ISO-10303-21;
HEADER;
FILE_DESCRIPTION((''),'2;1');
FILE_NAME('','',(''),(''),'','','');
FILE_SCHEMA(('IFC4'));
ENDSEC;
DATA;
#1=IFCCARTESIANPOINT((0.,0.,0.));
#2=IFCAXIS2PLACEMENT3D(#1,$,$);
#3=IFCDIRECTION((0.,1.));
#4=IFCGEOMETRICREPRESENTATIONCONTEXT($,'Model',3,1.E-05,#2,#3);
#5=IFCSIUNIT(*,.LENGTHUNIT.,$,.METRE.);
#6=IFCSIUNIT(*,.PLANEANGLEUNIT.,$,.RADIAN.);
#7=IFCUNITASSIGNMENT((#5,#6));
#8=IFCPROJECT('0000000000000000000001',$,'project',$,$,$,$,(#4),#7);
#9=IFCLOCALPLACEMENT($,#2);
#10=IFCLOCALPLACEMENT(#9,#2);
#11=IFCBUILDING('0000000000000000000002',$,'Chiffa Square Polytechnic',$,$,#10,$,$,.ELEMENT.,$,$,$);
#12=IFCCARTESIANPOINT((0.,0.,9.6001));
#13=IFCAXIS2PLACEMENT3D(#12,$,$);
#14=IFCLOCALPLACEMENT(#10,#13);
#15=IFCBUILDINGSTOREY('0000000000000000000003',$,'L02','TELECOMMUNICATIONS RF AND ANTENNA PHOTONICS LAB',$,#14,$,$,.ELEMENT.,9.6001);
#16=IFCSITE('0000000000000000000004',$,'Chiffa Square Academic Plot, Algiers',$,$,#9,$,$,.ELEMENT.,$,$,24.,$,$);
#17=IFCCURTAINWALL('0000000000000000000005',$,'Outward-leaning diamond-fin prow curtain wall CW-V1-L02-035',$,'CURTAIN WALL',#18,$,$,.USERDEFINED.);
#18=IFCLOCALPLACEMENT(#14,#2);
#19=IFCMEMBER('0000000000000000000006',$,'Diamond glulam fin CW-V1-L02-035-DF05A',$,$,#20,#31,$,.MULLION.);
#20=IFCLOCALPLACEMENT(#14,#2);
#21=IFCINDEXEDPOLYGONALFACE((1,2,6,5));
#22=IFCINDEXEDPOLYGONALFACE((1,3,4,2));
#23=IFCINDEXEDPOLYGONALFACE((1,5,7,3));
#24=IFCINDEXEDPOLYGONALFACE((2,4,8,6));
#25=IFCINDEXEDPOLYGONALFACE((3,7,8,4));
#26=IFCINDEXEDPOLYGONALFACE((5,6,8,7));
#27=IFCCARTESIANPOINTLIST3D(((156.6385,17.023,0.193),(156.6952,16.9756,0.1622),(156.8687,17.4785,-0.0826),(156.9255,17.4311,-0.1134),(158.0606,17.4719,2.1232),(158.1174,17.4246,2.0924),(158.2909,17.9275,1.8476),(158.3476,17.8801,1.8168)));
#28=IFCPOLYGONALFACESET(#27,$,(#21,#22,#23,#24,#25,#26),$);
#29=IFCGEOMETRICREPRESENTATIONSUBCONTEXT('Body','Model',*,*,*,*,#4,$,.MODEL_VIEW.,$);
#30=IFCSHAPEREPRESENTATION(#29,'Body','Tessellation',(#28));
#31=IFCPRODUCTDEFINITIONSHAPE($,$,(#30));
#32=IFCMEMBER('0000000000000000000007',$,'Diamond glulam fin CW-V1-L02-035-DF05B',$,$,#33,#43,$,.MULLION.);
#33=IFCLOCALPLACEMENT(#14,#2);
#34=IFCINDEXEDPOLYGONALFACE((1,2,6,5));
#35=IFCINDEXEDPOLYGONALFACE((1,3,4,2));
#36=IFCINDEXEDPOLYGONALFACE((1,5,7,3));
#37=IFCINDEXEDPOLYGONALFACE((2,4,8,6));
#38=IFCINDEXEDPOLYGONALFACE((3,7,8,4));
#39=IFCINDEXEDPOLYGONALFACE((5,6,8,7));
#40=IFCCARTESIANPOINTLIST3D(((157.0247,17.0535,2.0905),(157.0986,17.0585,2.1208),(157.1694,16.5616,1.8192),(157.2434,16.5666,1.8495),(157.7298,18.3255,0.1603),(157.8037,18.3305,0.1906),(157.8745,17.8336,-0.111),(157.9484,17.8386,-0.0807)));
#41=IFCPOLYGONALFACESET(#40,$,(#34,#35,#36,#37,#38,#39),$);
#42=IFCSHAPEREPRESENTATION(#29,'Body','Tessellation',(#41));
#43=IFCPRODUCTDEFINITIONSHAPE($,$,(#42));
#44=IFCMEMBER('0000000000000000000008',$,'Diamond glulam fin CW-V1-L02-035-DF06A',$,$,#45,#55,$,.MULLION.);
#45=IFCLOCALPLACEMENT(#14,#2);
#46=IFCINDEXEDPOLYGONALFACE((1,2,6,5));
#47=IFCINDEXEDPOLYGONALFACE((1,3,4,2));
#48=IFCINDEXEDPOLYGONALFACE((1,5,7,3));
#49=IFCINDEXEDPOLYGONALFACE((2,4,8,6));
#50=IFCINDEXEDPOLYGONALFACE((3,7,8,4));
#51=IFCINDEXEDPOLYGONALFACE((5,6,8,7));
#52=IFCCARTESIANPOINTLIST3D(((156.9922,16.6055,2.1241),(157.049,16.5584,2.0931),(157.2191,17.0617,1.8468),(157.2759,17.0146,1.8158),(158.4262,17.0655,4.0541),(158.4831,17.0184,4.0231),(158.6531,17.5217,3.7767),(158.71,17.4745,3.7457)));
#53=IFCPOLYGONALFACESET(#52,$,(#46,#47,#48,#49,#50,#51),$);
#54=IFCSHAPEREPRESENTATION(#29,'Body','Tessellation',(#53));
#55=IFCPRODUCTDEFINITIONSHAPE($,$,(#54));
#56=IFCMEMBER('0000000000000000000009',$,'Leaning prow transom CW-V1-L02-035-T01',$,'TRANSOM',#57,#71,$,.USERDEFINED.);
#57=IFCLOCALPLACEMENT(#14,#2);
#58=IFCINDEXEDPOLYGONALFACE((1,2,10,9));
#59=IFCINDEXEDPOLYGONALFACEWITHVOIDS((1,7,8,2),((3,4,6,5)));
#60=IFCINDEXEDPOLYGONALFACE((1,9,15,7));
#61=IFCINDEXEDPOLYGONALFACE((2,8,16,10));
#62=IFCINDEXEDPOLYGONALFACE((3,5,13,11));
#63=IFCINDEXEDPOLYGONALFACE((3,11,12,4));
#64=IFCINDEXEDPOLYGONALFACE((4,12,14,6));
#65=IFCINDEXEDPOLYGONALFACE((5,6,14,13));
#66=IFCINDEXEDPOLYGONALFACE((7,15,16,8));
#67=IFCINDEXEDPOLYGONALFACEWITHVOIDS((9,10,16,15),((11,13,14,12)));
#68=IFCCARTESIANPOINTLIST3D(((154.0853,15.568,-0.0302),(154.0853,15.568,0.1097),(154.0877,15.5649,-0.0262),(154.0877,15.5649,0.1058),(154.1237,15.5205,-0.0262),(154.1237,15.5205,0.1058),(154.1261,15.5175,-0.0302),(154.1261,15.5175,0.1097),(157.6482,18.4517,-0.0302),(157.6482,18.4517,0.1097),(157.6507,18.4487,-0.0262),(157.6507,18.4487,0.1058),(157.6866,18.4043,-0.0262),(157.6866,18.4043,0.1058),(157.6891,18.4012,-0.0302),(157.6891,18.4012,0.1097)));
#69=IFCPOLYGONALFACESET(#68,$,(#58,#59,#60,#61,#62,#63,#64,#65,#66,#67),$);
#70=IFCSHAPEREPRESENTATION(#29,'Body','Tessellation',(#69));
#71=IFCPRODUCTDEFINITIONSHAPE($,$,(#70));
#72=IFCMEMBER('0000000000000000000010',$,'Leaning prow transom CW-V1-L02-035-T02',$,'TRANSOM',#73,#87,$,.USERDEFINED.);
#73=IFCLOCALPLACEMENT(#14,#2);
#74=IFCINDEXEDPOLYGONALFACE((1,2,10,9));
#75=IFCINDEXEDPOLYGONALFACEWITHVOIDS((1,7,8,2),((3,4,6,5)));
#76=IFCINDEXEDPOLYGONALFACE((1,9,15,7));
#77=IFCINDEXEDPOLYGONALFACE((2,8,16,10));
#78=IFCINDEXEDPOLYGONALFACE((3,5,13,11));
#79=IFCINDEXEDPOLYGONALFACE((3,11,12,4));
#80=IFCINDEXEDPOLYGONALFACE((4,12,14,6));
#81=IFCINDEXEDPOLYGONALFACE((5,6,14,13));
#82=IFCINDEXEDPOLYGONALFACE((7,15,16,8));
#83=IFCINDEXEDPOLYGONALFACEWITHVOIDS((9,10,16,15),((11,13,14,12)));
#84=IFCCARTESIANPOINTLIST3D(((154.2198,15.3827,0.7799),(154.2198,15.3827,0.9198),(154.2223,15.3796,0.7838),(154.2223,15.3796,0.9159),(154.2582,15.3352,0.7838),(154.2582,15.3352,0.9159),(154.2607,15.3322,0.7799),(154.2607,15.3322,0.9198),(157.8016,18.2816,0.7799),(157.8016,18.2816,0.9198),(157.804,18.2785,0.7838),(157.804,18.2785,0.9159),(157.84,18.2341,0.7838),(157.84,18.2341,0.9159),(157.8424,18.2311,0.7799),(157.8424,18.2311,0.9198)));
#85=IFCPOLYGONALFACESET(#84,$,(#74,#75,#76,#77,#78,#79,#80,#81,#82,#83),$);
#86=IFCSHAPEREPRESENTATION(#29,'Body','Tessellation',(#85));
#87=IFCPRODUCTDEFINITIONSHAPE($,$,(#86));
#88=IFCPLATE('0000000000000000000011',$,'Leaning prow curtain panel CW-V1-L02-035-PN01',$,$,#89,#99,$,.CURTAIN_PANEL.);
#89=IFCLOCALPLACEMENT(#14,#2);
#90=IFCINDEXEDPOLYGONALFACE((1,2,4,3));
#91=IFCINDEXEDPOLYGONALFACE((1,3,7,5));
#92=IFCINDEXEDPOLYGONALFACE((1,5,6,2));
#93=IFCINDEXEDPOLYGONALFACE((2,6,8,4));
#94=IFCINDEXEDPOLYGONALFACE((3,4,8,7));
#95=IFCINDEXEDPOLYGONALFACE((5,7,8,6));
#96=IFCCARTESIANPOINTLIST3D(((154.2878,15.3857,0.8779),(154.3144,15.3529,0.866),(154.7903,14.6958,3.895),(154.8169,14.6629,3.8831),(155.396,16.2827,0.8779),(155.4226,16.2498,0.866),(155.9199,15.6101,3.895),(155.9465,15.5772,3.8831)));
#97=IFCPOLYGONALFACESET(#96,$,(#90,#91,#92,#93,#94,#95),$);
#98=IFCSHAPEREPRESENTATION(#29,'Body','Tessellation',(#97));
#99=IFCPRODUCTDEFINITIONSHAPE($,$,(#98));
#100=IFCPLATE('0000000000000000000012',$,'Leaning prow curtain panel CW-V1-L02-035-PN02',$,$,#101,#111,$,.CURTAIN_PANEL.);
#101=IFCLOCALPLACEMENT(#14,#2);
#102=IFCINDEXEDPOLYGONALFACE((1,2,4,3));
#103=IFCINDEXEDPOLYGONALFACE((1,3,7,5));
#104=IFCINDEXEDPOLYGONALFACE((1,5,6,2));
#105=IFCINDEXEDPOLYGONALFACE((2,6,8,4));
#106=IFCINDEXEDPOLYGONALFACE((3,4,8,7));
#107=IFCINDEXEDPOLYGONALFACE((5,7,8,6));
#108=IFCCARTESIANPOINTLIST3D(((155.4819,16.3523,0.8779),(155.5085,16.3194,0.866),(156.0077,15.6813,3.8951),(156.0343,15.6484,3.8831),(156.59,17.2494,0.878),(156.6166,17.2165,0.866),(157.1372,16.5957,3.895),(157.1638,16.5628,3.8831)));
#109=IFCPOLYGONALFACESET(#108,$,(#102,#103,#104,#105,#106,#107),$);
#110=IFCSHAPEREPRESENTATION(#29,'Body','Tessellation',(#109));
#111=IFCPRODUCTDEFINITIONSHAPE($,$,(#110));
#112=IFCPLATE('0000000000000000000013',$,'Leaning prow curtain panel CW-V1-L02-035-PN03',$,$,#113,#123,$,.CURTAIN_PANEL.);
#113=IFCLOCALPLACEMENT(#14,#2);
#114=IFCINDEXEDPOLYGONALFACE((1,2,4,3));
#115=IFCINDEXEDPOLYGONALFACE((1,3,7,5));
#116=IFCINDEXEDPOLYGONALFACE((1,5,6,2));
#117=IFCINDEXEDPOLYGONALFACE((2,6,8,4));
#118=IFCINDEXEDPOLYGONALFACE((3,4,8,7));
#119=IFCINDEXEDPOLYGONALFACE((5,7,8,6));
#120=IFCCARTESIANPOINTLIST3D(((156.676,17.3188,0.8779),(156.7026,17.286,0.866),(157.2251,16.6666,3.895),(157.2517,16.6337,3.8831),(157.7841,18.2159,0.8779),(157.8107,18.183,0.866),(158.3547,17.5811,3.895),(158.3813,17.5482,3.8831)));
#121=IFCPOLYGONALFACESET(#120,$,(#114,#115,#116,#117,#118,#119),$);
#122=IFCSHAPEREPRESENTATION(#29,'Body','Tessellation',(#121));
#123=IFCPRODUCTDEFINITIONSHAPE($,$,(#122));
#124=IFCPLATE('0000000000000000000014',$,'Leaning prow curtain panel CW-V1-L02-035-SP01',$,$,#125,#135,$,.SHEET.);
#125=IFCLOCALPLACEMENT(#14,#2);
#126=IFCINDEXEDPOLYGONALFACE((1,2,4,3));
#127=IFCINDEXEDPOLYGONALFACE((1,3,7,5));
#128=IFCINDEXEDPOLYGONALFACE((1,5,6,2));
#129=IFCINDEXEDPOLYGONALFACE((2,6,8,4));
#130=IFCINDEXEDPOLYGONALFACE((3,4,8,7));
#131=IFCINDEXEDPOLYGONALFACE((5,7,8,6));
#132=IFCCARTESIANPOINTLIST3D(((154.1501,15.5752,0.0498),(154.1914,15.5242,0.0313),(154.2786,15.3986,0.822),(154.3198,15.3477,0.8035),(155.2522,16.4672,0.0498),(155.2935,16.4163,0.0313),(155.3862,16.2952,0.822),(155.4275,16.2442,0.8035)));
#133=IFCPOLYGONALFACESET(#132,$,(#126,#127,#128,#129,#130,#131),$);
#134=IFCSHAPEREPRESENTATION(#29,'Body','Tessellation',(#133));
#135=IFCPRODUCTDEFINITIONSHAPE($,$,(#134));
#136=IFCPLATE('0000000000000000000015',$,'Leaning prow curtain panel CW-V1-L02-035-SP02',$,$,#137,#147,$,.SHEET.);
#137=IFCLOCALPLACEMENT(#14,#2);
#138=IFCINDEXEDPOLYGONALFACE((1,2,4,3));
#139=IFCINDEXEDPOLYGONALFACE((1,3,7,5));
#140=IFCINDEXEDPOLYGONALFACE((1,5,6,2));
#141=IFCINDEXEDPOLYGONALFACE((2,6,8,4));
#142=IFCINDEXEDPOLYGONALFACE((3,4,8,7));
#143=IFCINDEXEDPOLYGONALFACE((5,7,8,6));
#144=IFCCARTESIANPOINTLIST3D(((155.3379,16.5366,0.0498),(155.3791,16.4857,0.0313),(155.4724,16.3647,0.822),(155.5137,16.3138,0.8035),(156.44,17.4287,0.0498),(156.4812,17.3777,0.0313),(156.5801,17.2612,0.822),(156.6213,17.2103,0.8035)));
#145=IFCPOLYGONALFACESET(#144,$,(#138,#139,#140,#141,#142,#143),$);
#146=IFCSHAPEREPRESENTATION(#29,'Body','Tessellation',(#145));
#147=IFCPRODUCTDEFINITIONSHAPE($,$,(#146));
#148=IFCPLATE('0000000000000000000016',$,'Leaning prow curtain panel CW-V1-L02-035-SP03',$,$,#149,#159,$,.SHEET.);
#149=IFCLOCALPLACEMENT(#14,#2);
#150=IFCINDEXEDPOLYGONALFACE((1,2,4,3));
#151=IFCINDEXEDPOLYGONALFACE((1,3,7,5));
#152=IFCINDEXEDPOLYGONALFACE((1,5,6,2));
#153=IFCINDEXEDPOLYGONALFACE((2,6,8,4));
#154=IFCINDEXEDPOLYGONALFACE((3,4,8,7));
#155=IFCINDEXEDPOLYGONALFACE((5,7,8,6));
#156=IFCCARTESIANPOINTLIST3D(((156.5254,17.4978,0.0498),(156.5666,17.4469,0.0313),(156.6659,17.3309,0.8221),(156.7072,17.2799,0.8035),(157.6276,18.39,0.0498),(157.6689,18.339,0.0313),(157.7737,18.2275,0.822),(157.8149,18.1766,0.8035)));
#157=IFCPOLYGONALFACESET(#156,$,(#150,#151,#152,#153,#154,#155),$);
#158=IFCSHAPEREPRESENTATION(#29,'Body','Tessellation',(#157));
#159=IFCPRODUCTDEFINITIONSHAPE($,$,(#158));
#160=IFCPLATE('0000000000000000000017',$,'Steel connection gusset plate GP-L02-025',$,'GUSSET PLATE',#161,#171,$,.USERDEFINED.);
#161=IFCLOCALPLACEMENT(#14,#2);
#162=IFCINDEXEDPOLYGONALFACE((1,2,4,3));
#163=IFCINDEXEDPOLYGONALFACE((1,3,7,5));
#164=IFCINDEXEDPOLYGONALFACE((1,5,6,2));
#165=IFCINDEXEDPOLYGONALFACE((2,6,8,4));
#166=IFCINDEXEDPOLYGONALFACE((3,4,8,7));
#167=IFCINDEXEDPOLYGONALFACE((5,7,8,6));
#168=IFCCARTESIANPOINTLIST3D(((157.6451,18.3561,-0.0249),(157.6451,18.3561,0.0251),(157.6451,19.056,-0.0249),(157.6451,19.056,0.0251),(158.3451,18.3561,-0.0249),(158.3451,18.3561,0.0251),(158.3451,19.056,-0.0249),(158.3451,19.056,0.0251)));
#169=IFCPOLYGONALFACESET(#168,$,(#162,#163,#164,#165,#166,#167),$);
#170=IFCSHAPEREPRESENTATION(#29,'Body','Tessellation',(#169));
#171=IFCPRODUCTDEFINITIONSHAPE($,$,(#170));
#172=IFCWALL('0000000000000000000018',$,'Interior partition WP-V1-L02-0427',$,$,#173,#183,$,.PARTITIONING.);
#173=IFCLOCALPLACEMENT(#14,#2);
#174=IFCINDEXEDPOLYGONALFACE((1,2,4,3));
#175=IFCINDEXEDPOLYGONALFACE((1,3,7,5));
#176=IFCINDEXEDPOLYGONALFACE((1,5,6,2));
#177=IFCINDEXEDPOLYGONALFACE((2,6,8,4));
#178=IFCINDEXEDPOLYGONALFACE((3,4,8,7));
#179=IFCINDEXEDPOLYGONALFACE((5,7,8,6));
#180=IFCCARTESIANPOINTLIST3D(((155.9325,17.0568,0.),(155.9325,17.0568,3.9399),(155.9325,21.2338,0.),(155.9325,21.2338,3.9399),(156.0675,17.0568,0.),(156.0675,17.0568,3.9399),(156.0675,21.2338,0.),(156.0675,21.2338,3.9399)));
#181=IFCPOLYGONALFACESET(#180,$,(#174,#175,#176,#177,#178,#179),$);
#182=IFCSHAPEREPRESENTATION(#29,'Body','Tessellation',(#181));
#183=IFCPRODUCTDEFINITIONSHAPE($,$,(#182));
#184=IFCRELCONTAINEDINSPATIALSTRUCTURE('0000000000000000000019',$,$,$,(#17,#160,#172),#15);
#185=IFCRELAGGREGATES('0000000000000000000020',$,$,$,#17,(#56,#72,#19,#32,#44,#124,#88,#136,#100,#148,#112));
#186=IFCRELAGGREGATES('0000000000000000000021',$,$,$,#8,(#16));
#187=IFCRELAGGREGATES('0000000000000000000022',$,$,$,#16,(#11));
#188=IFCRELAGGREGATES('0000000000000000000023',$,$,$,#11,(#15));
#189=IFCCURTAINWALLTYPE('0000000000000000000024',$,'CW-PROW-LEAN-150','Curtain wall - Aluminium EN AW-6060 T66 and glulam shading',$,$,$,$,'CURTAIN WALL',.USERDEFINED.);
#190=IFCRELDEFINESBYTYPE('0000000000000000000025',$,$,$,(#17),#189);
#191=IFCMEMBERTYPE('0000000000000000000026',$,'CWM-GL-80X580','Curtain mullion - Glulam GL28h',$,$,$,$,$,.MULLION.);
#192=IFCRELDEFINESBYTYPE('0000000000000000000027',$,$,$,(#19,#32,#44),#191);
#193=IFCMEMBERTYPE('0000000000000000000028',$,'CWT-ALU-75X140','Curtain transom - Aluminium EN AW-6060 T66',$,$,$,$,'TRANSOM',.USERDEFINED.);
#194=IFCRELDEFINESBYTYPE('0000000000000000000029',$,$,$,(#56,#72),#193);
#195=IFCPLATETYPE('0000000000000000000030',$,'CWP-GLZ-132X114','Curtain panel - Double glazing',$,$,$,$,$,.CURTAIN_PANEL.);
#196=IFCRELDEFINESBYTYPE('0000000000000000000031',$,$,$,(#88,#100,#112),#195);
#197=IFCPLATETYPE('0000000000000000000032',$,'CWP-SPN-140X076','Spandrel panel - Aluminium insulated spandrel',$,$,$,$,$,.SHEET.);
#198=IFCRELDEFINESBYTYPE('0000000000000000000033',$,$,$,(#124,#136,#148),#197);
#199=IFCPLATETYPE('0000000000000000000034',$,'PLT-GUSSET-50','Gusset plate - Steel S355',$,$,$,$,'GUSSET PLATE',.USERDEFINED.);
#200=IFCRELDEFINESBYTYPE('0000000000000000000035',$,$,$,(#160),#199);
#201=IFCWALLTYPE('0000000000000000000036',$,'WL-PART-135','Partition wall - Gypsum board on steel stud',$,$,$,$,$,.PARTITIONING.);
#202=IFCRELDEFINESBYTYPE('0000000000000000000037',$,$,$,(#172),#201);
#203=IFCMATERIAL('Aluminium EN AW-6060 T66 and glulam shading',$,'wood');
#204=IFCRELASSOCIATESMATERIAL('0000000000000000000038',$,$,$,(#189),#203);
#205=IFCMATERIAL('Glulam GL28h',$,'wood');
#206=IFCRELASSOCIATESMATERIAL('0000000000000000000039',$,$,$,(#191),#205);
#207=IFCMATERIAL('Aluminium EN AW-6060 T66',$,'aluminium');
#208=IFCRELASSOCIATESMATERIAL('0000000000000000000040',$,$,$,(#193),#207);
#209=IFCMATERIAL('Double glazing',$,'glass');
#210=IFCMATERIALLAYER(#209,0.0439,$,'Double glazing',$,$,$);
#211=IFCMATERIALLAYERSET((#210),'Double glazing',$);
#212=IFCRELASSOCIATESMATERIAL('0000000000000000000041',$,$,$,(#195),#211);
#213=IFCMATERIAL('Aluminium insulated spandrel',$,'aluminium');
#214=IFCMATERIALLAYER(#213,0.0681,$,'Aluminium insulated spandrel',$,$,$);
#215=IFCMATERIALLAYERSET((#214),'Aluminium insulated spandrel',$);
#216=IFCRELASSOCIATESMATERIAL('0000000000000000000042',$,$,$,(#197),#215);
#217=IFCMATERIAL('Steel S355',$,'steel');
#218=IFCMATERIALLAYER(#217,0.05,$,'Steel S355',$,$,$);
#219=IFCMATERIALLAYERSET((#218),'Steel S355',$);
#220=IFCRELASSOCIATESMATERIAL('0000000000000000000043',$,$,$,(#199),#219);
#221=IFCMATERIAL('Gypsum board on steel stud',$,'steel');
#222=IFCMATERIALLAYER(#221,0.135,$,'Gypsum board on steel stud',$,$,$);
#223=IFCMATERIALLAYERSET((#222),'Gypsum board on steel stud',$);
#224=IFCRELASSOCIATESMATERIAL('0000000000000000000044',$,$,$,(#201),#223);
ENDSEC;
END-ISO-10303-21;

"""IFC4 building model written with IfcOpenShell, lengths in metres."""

from ifc_helpers import new_model, si_unit, direction, frame, frame_2d, origin, origin_2d, place, context, subcontext, project, spatial, polyline, rectangle, hollow_rectangle, outline, extrude, material, layer, layer_set, material_profile, profile_set, type_object, element, aggregate, save


model = new_model("IFC4")

# Units and contexts
model_context = context("Model", 3, precision=1e-05, world=origin(), true_north=direction((0.0, 1.0)))
body_context = subcontext(model_context, "Body", "Model", "MODEL_VIEW")
ifc_project = project(units=[si_unit("LENGTHUNIT", "METRE"), si_unit("PLANEANGLEUNIT", "RADIAN")], contexts=[model_context])

# Site, building, storey
site_placement = place(None, origin())
site = spatial("IfcSite", under=ifc_project, at=site_placement, Name="Chiffa Square Academic Plot, Algiers", CompositionType="ELEMENT", RefElevation=24.0)
building_placement = place(site_placement, origin())
building = spatial("IfcBuilding", under=site, at=building_placement, Name="Chiffa Square Polytechnic", CompositionType="ELEMENT")
storey_placement = place(building_placement, frame((0.0, 0.0, 9.6001)))
storey = spatial("IfcBuildingStorey", under=building, at=storey_placement, Name="L02", Description="TELECOMMUNICATIONS RF AND ANTENNA PHOTONICS LAB", CompositionType="ELEMENT", Elevation=9.6001)

# Curtain wall, members, plates
ifc_material_1 = material(Name="Aluminium EN AW-6060 T66 and glulam shading", Category="wood")
curtain_wall_type = type_object("IfcCurtainWallType", Name="CW-PROW-LEAN-150", Description="Curtain wall - Aluminium EN AW-6060 T66 and glulam shading", ElementType="CURTAIN WALL", PredefinedType="USERDEFINED", material=ifc_material_1)
curtain_wall_placement = place(storey_placement, origin())
curtain_wall = element("IfcCurtainWall", 1, at=curtain_wall_placement, inside=storey, type_object=curtain_wall_type, Name="Outward-leaning diamond-fin prow curtain wall CW-V1-L02-035", ObjectType="CURTAIN WALL", PredefinedType="USERDEFINED")
ifc_material_2 = material(Name="Aluminium EN AW-6060 T66", Category="aluminium")
ifc_material_3 = material(Name="Glulam GL28h", Category="wood")
ifc_material_profile_1 = material_profile(ifc_material_3, rectangle(XDim=0.0801, YDim=0.5801, at=origin_2d()), Name="GL28h 80x580")
ifc_profile_set_1 = profile_set([ifc_material_profile_1], Name="Glulam GL28h")
member_type_1 = type_object("IfcMemberType", Name="CWM-GL-80X580", Description="Curtain mullion - Glulam GL28h", PredefinedType="MULLION", material=ifc_profile_set_1)
member_1_placement = place(storey_placement, frame((156.782, 17.2271, 0.0398), z_axis=(0.583033, 0.184068, 0.791323), x_axis=(-0.708859, 0.591163, 0.384766)))
member_1 = element("IfcMember", 2, at=member_1_placement, type_object=member_type_1, Name="Diamond glulam fin CW-V1-L02-035-DF05A", PredefinedType="MULLION", context=body_context, shape_type="SweptSolid", body=[
    extrude(rectangle(XDim=0.0801, YDim=0.5801, at=origin_2d()), origin(), (0.0, 0.0, 1.0), 2.4392),
])
member_2_placement = place(storey_placement, frame((157.8391, 18.082, 0.0398), z_axis=(-0.291748, -0.526318, 0.798669), x_axis=(0.923382, 0.062826, 0.378706)))
member_2 = element("IfcMember", 3, at=member_2_placement, type_object=member_type_1, Name="Diamond glulam fin CW-V1-L02-035-DF05B", PredefinedType="MULLION", context=body_context, shape_type="SweptSolid", body=[
    extrude(rectangle(XDim=0.0801, YDim=0.5801, at=origin_2d()), origin(), (0.0, 0.0, 1.0), 2.4167),
])
member_3_placement = place(storey_placement, frame((157.134, 16.8101, 1.97), z_axis=(0.585814, 0.187891, 0.788365), x_axis=(-0.709778, 0.58849, 0.387163)))
member_3 = element("IfcMember", 4, at=member_3_placement, type_object=member_type_1, Name="Diamond glulam fin CW-V1-L02-035-DF06A", PredefinedType="MULLION", context=body_context, shape_type="SweptSolid", body=[
    extrude(rectangle(XDim=0.0801, YDim=0.5801, at=origin_2d()), origin(), (0.0, 0.0, 1.0), 2.448),
])
ifc_material_profile_2 = material_profile(ifc_material_2, hollow_rectangle(XDim=0.0649, YDim=0.1399, WallThickness=0.0039, at=origin_2d()), Name="ALU 65x140x4")
ifc_profile_set_2 = profile_set([ifc_material_profile_2], Name="Aluminium EN AW-6060 T66")
member_type_2 = type_object("IfcMemberType", Name="CWT-ALU-75X140", Description="Curtain transom - Aluminium EN AW-6060 T66", ElementType="TRANSOM", PredefinedType="USERDEFINED", material=ifc_profile_set_2)
member_4_placement = place(storey_placement, frame((154.1057, 15.5427, 0.0398), z_axis=(0.777302, 0.629128, 0.0), x_axis=(-0.629128, 0.777302, 0.0)))
member_4 = element("IfcMember", 5, at=member_4_placement, type_object=member_type_2, Name="Leaning prow transom CW-V1-L02-035-T01", ObjectType="TRANSOM", PredefinedType="USERDEFINED", context=body_context, shape_type="SweptSolid", body=[
    extrude(hollow_rectangle(XDim=0.0649, YDim=0.1399, WallThickness=0.0039, at=origin_2d()), origin(), (0.0, 0.0, 1.0), 4.5837),
])
member_5_placement = place(storey_placement, frame((154.2402, 15.3574, 0.8499), z_axis=(0.77731, 0.629117, 0.0), x_axis=(-0.629117, 0.77731, 0.0)))
member_5 = element("IfcMember", 6, at=member_5_placement, type_object=member_type_2, Name="Leaning prow transom CW-V1-L02-035-T02", ObjectType="TRANSOM", PredefinedType="USERDEFINED", context=body_context, shape_type="SweptSolid", body=[
    extrude(hollow_rectangle(XDim=0.0649, YDim=0.1399, WallThickness=0.0039, at=origin_2d()), origin(), (0.0, 0.0, 1.0), 4.6079),
])
ifc_material_4 = material(Name="Double glazing", Category="glass")
ifc_layer_1 = layer(ifc_material_4, 0.0439, Name="Double glazing")
ifc_layer_set_1 = layer_set([ifc_layer_1], Name="Double glazing")
plate_type_1 = type_object("IfcPlateType", Name="CWP-GLZ-132X114", Description="Curtain panel - Double glazing", PredefinedType="CURTAIN_PANEL", material=ifc_layer_set_1)
plate_1_placement = place(storey_placement, frame((154.2878, 15.3857, 0.8779), z_axis=(-0.605442, 0.748009, 0.271885), x_axis=(0.77729, 0.629143, -0.000004)))
plate_1 = element("IfcPlate", 7, at=plate_1_placement, type_object=plate_type_1, Name="Leaning prow curtain panel CW-V1-L02-035-PN01", PredefinedType="CURTAIN_PANEL", context=body_context, shape_type="SweptSolid", body=[
    extrude(outline(polyline([(0.0, 0.0), (1.4257, 0.0), (1.4097, -3.1352), (-0.0435, -3.1352), (0.0, 0.0)])), origin(), (0.0, 0.0, -1.0), 0.0439),
])
plate_2_placement = place(storey_placement, frame((155.4819, 16.3523, 0.8779), z_axis=(-0.605533, 0.74794, 0.271874), x_axis=(0.77722, 0.629229, 0.000027)))
plate_2 = element("IfcPlate", 8, at=plate_2_placement, type_object=plate_type_1, Name="Leaning prow curtain panel CW-V1-L02-035-PN02", PredefinedType="CURTAIN_PANEL", context=body_context, shape_type="SweptSolid", body=[
    extrude(outline(polyline([(0.0, 0.0), (1.4257, 0.0), (1.4398, -3.1351), (-0.0135, -3.1352), (0.0, 0.0)])), origin(), (0.0, 0.0, -1.0), 0.0439),
])
plate_3_placement = place(storey_placement, frame((156.676, 17.3188, 0.8779), z_axis=(-0.60549, 0.747968, 0.271891), x_axis=(0.777251, 0.62919, 0.000013)))
plate_3 = element("IfcPlate", 9, at=plate_3_placement, type_object=plate_type_1, Name="Leaning prow curtain panel CW-V1-L02-035-PN03", PredefinedType="CURTAIN_PANEL", context=body_context, shape_type="SweptSolid", body=[
    extrude(outline(polyline([(0.0, 0.0), (1.4257, 0.0), (1.4698, -3.1352), (0.0164, -3.1352), (0.0, 0.0)])), origin(), (0.0, 0.0, -1.0), 0.0439),
])
ifc_material_5 = material(Name="Aluminium insulated spandrel", Category="aluminium")
ifc_layer_2 = layer(ifc_material_5, 0.0681, Name="Aluminium insulated spandrel")
ifc_layer_set_2 = layer_set([ifc_layer_2], Name="Aluminium insulated spandrel")
plate_type_2 = type_object("IfcPlateType", Name="CWP-SPN-140X076", Description="Spandrel panel - Aluminium insulated spandrel", PredefinedType="SHEET", material=ifc_layer_set_2)
plate_4_placement = place(storey_placement, frame((154.1501, 15.5752, 0.0498), z_axis=(-0.605471, 0.748036, 0.271748), x_axis=(0.777285, 0.629149, -0.000011)))
plate_4 = element("IfcPlate", 10, at=plate_4_placement, type_object=plate_type_2, Name="Leaning prow curtain panel CW-V1-L02-035-SP01", PredefinedType="SHEET", context=body_context, shape_type="SweptSolid", body=[
    extrude(outline(polyline([(0.0, 0.0), (1.4179, 0.0), (1.4137, -0.8024), (-0.0112, -0.8024), (0.0, 0.0)])), origin(), (0.0, 0.0, -1.0), 0.0681),
])
plate_5_placement = place(storey_placement, frame((155.3379, 16.5366, 0.0498), z_axis=(-0.605423, 0.747977, 0.272018), x_axis=(0.777285, 0.629149, -0.000011)))
plate_5 = element("IfcPlate", 11, at=plate_5_placement, type_object=plate_type_2, Name="Leaning prow curtain panel CW-V1-L02-035-SP02", PredefinedType="SHEET", context=body_context, shape_type="SweptSolid", body=[
    extrude(outline(polyline([(0.0, 0.0), (1.4179, 0.0), (1.4214, -0.8025), (-0.0036, -0.8025), (0.0, 0.0)])), origin(), (0.0, 0.0, -1.0), 0.0681),
])
plate_6_placement = place(storey_placement, frame((156.5254, 17.4978, 0.0498), z_axis=(-0.605458, 0.748001, 0.271872), x_axis=(0.777283, 0.629152, 0.000021)))
plate_6 = element("IfcPlate", 12, at=plate_6_placement, type_object=plate_type_2, Name="Leaning prow curtain panel CW-V1-L02-035-SP03", PredefinedType="SHEET", context=body_context, shape_type="SweptSolid", body=[
    extrude(outline(polyline([(0.0, 0.0), (1.4181, 0.0), (1.4294, -0.8024), (0.0043, -0.8025), (0.0, 0.0)])), origin(), (0.0, 0.0, -1.0), 0.0681),
])
aggregate(curtain_wall, [member_4, member_5, member_1, member_2, member_3, plate_4, plate_1, plate_5, plate_2, plate_6, plate_3])

# Plate
ifc_material_6 = material(Name="Steel S355", Category="steel")
ifc_layer_3 = layer(ifc_material_6, 0.05, Name="Steel S355")
ifc_layer_set_3 = layer_set([ifc_layer_3], Name="Steel S355")
plate_type_3 = type_object("IfcPlateType", Name="PLT-GUSSET-50", Description="Gusset plate - Steel S355", ElementType="GUSSET PLATE", PredefinedType="USERDEFINED", material=ifc_layer_set_3)
plate_7_placement = place(storey_placement, frame((157.9951, 18.7061, -0.0249), z_axis=(0.0, 0.0, 1.0), x_axis=(1.0, 0.0, 0.0)))
element("IfcPlate", 13, at=plate_7_placement, inside=storey, type_object=plate_type_3, Name="Steel connection gusset plate GP-L02-025", ObjectType="GUSSET PLATE", PredefinedType="USERDEFINED", context=body_context, shape_type="SweptSolid", body=[
    extrude(rectangle(XDim=0.7, YDim=0.7, at=origin_2d()), origin(), (0.0, 0.0, 1.0), 0.05),
])

# Wall
ifc_material_7 = material(Name="Gypsum board on steel stud", Category="steel")
ifc_layer_4 = layer(ifc_material_7, 0.135, Name="Gypsum board on steel stud")
ifc_layer_set_4 = layer_set([ifc_layer_4], Name="Gypsum board on steel stud")
wall_type_1 = type_object("IfcWallType", Name="WL-PART-135", Description="Partition wall - Gypsum board on steel stud", PredefinedType="PARTITIONING", material=ifc_layer_set_4)
wall_1_placement = place(storey_placement, frame((156.0, 17.0569, 0.0), z_axis=(0.0, 0.0, 1.0), x_axis=(0.0, 1.0, 0.0)))
element("IfcWall", 14, at=wall_1_placement, inside=storey, type_object=wall_type_1, Name="Interior partition WP-V1-L02-0427", PredefinedType="PARTITIONING", context=body_context, shape_type="SweptSolid", body=[
    extrude(rectangle(XDim=4.177, YDim=0.135, at=frame_2d((2.0884, 0.0))), origin(), (0.0, 0.0, 1.0), 3.9399),
])

save(model, "model.ifc")
